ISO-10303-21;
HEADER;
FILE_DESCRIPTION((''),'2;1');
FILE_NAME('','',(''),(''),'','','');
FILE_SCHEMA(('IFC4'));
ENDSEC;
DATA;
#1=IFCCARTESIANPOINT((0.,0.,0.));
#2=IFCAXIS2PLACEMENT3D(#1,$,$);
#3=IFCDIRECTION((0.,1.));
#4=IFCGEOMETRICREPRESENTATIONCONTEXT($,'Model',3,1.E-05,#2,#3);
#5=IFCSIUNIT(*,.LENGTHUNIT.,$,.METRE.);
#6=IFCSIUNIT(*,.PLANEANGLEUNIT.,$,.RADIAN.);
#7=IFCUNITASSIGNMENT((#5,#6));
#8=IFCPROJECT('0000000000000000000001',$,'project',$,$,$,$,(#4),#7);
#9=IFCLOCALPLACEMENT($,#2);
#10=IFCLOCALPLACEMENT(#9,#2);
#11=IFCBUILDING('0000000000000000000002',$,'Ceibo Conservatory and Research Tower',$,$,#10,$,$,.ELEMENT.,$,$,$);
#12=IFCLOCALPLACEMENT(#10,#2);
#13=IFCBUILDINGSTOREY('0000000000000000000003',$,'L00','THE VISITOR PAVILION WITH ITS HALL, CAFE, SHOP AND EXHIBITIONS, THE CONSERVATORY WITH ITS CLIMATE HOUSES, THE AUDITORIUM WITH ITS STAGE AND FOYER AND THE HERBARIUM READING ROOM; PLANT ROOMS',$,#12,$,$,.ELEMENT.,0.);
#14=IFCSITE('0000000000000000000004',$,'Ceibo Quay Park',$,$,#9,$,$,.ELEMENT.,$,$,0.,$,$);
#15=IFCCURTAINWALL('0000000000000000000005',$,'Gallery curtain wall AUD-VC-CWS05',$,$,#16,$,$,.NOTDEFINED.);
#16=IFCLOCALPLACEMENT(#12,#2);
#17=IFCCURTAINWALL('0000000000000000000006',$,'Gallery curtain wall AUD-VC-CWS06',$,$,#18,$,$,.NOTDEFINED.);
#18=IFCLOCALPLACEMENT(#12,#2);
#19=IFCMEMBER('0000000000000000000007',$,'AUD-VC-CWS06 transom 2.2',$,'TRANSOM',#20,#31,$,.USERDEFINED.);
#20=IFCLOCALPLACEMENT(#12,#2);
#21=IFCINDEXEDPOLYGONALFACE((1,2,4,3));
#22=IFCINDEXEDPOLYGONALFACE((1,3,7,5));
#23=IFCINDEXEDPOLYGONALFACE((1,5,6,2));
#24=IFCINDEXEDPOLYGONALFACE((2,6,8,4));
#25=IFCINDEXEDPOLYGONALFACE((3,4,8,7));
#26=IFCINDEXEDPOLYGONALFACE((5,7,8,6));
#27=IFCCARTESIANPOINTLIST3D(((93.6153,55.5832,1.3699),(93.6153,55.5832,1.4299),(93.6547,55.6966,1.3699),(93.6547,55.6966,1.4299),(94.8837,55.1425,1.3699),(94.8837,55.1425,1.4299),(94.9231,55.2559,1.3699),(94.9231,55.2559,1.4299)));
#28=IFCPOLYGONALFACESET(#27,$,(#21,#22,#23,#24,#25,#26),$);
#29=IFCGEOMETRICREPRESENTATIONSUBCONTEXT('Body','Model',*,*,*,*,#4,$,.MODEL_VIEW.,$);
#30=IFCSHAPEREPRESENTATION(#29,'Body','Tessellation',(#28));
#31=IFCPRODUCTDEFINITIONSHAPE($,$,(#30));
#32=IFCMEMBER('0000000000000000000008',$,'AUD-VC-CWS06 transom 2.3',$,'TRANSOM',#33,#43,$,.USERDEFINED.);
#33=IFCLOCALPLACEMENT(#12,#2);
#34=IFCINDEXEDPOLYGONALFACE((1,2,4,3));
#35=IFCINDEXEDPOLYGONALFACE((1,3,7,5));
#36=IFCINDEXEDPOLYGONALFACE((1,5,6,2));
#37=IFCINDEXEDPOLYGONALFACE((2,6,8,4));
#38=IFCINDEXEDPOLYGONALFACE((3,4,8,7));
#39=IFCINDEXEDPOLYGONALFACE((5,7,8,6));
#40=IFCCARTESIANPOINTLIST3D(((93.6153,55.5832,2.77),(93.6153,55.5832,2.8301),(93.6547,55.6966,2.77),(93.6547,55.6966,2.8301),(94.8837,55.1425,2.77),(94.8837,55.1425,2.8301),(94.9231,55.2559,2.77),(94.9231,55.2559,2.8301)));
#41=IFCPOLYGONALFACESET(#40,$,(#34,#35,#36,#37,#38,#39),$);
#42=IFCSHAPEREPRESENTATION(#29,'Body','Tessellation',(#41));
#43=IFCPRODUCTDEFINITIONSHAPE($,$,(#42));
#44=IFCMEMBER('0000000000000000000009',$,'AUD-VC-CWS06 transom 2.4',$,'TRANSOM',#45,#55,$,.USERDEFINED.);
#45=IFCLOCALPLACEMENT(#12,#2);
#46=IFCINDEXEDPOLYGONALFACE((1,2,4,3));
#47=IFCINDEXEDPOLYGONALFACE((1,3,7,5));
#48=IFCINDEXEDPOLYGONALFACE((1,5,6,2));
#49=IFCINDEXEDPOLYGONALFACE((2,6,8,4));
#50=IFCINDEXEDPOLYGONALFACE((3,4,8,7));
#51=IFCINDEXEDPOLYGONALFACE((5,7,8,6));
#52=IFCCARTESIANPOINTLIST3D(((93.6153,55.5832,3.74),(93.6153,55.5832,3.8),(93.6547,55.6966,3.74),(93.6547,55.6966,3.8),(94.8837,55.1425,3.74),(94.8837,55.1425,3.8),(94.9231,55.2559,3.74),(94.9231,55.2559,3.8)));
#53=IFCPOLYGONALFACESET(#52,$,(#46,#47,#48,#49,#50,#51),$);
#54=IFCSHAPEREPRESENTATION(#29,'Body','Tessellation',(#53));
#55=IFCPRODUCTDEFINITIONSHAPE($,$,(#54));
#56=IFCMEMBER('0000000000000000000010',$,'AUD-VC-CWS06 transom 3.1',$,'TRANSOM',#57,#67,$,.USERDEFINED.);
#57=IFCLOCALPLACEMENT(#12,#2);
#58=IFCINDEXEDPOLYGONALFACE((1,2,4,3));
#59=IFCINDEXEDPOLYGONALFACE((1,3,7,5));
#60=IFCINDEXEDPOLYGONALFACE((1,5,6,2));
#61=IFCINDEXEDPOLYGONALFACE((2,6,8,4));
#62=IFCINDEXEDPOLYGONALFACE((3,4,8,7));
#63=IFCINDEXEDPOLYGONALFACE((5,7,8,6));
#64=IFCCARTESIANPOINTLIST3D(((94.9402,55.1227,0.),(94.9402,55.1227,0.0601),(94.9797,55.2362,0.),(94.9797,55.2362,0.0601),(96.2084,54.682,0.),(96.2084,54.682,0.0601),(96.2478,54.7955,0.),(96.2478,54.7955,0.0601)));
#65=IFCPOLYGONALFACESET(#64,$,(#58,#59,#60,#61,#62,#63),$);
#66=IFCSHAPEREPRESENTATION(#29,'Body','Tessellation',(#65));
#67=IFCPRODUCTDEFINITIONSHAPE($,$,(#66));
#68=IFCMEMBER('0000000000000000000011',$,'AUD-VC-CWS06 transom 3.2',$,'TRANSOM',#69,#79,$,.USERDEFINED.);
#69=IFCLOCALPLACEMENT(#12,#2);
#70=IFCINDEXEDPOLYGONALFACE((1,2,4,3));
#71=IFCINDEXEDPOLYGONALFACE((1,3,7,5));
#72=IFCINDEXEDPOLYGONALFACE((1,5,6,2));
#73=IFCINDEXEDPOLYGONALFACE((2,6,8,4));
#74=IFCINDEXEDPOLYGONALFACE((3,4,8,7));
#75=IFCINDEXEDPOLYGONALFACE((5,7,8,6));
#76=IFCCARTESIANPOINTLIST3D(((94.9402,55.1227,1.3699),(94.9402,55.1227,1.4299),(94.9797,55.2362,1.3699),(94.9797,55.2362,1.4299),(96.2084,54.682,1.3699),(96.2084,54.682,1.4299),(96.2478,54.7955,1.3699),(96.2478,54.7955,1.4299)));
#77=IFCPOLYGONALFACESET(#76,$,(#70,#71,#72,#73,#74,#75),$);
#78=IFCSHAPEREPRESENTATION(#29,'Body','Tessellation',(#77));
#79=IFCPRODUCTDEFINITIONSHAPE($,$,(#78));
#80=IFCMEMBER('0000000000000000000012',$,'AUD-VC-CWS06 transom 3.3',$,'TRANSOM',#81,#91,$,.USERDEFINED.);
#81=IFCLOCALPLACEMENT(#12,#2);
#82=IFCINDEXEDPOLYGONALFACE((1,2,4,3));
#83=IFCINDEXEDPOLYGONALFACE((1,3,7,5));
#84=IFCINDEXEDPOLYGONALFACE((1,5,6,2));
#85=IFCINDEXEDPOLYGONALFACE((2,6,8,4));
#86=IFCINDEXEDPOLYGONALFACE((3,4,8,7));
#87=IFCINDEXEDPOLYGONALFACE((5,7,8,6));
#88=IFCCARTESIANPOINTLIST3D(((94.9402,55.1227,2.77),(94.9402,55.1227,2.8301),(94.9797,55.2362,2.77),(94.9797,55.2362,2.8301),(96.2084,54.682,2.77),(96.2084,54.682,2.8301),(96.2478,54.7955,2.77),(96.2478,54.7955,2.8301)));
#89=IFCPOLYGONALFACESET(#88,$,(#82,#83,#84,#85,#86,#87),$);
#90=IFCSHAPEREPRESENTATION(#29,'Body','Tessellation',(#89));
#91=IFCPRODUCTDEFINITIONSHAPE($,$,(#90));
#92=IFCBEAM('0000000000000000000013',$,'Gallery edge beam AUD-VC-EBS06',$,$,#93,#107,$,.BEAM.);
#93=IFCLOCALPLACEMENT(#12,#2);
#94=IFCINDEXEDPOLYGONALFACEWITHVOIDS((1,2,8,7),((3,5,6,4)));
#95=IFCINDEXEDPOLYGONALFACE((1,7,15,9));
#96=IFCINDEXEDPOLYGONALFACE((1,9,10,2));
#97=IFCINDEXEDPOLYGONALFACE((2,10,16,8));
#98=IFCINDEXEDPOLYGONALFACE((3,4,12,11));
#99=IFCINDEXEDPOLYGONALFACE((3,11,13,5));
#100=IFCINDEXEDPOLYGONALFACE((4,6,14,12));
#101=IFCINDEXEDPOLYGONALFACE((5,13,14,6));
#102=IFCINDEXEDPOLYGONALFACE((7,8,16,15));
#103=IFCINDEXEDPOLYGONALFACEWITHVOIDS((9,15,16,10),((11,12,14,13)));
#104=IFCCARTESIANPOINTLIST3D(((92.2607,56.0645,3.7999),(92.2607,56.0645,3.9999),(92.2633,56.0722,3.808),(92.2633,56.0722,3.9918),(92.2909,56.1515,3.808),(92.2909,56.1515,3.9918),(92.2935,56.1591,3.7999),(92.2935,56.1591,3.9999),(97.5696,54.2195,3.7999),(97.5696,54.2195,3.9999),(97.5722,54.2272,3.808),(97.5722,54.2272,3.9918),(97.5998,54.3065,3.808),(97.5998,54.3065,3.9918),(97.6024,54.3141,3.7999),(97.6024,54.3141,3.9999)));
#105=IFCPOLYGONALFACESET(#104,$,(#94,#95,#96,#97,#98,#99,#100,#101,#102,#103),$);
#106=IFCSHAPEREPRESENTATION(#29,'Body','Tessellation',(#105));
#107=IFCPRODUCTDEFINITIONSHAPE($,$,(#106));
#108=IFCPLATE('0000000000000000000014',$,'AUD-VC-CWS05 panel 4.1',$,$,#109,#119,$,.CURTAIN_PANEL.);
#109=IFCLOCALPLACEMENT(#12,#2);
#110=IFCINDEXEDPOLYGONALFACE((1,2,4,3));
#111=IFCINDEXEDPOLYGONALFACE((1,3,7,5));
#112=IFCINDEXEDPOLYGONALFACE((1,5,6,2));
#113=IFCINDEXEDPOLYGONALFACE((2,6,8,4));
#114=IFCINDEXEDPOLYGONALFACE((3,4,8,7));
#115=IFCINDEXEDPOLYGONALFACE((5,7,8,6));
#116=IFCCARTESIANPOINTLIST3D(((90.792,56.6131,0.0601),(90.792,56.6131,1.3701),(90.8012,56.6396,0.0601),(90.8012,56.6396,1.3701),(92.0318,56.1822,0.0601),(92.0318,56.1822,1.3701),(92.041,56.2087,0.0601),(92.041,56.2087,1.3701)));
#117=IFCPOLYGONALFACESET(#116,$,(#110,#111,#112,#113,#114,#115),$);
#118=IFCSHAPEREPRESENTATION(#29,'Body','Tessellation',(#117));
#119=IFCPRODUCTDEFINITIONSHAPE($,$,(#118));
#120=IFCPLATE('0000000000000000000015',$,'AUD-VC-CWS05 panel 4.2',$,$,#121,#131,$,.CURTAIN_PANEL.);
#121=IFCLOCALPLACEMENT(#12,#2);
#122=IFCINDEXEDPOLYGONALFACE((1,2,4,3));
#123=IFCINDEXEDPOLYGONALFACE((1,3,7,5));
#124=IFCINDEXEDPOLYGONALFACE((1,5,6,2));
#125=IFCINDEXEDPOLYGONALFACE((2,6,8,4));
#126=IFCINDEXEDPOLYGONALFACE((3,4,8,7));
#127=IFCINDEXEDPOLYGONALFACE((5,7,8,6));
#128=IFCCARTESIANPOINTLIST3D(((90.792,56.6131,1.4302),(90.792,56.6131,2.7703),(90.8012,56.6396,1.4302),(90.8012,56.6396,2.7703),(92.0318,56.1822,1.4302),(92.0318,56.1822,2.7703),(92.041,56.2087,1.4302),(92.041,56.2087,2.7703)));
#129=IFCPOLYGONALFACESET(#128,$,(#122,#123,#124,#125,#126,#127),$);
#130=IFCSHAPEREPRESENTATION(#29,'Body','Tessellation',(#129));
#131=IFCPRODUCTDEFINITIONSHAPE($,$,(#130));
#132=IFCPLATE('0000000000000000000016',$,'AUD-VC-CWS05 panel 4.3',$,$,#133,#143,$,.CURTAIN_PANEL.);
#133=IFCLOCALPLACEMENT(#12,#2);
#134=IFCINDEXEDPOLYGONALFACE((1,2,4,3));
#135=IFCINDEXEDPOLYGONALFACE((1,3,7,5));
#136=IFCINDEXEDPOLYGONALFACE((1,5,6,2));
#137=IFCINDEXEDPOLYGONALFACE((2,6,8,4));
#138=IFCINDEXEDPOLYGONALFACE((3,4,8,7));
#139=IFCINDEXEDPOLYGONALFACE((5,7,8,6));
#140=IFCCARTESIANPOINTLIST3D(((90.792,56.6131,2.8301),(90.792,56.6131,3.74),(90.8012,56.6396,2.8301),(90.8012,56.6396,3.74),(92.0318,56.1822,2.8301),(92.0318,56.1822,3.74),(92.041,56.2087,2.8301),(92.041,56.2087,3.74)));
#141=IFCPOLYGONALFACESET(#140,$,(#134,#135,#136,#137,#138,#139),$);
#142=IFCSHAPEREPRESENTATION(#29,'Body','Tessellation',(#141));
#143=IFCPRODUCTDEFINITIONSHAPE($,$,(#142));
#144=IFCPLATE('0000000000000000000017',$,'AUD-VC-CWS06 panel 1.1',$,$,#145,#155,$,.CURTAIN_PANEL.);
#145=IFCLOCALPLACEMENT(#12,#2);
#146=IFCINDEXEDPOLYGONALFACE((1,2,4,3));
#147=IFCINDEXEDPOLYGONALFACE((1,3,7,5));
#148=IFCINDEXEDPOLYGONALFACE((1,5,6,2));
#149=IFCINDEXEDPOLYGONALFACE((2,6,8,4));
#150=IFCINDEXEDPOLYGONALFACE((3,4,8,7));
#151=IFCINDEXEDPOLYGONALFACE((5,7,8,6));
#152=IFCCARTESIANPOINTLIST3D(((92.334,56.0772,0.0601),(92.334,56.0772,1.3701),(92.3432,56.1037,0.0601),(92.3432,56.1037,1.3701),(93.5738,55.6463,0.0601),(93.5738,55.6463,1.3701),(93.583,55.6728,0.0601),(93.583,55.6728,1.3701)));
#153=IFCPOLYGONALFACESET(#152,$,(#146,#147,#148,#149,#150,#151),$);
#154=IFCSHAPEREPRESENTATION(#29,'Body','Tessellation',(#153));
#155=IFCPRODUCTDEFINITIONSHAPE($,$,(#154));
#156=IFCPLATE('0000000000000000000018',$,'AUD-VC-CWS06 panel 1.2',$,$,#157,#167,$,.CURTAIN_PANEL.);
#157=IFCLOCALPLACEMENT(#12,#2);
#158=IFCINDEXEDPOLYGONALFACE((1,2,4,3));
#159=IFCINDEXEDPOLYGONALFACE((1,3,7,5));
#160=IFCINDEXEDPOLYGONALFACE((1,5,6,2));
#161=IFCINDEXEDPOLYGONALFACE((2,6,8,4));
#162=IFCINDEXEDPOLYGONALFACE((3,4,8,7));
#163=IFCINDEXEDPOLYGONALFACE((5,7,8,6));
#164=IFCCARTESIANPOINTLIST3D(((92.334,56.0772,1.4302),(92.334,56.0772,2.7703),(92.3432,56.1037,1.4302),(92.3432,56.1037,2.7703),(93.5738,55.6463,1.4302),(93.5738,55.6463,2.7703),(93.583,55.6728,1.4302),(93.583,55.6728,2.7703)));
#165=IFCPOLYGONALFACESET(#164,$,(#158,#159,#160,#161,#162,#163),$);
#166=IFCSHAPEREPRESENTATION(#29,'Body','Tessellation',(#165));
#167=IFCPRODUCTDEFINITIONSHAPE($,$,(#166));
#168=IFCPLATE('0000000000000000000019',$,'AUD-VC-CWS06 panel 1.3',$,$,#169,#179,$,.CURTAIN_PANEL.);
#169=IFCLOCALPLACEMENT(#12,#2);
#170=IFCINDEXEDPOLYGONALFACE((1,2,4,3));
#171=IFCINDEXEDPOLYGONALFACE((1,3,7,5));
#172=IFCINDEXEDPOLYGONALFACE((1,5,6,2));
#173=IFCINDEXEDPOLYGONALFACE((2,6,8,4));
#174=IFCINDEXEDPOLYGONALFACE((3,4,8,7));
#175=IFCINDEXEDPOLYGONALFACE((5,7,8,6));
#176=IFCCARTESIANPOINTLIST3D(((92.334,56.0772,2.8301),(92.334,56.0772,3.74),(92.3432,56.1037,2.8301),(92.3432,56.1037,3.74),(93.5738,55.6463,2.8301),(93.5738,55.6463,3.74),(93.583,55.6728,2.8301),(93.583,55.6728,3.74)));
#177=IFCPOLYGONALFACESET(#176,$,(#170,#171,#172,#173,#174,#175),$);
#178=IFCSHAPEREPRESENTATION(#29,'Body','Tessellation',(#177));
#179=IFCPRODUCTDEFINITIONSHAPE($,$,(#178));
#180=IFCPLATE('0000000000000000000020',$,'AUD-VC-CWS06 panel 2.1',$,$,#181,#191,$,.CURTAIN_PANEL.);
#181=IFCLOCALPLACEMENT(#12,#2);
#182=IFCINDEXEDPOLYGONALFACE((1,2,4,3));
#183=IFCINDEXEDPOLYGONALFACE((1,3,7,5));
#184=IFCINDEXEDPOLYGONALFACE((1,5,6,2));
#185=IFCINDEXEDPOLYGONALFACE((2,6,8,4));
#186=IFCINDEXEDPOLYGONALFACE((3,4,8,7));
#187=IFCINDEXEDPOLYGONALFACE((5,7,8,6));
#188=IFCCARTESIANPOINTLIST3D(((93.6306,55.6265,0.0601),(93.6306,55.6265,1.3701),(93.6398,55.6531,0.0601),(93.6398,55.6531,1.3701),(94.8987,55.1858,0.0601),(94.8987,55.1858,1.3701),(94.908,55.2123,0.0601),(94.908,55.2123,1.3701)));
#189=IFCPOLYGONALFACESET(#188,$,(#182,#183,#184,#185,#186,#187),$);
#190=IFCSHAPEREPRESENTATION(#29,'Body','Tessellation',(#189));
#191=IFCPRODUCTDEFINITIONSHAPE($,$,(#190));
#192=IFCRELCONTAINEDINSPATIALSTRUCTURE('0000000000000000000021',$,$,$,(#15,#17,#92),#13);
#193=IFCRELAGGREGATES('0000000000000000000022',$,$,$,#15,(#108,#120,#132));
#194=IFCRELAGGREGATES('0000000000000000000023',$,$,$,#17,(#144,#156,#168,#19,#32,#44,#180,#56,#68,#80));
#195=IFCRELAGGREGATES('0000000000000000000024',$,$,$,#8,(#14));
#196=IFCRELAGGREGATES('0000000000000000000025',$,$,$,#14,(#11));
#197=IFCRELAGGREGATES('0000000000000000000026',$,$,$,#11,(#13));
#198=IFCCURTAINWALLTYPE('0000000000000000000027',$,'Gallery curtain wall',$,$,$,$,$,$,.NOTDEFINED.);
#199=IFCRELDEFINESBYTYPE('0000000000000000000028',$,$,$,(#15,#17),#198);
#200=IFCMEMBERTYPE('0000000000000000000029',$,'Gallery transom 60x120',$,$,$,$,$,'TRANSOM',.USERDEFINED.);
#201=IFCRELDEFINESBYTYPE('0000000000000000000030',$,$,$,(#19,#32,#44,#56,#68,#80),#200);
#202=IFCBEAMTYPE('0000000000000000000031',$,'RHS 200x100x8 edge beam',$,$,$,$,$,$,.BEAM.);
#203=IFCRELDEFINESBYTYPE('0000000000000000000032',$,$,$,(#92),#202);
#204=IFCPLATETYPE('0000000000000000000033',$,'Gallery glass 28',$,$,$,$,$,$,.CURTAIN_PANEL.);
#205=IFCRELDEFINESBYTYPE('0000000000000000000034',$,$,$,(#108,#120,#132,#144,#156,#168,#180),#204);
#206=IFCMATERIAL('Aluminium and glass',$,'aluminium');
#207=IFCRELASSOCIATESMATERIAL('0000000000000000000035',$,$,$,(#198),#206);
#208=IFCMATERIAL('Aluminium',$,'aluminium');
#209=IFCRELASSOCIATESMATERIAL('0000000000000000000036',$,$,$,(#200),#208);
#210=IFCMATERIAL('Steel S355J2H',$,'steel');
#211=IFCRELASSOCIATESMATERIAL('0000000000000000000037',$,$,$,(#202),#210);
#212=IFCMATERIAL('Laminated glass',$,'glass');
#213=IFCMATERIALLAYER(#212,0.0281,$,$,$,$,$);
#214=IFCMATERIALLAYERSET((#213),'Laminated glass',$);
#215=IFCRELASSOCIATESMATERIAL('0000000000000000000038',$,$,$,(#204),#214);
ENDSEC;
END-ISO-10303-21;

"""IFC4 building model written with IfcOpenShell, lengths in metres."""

from ifc_helpers import new_model, si_unit, direction, frame, origin, origin_2d, place, context, subcontext, project, spatial, rectangle, hollow_rectangle, extrude, material, layer, layer_set, material_profile, profile_set, type_object, element, aggregate, save


model = new_model("IFC4")

# Units and contexts
model_context = context("Model", 3, precision=1e-05, world=origin(), true_north=direction((0.0, 1.0)))
body_context = subcontext(model_context, "Body", "Model", "MODEL_VIEW")
ifc_project = project(units=[si_unit("LENGTHUNIT", "METRE"), si_unit("PLANEANGLEUNIT", "RADIAN")], contexts=[model_context])

# Site, building, storey
site_placement = place(None, origin())
site = spatial("IfcSite", under=ifc_project, at=site_placement, Name="Ceibo Quay Park", CompositionType="ELEMENT", RefElevation=0.0)
building_placement = place(site_placement, origin())
building = spatial("IfcBuilding", under=site, at=building_placement, Name="Ceibo Conservatory and Research Tower", CompositionType="ELEMENT")
storey_placement = place(building_placement, origin())
storey = spatial("IfcBuildingStorey", under=building, at=storey_placement, Name="L00", Description="THE VISITOR PAVILION WITH ITS HALL, CAFE, SHOP AND EXHIBITIONS, THE CONSERVATORY WITH ITS CLIMATE HOUSES, THE AUDITORIUM WITH ITS STAGE AND FOYER AND THE HERBARIUM READING ROOM; PLANT ROOMS", CompositionType="ELEMENT", Elevation=0.0)

# Shared definitions
ifc_material_1 = material(Name="Steel S355J2H", Category="steel")

# Curtain wall
ifc_material_2 = material(Name="Aluminium and glass", Category="aluminium")
curtain_wall_type = type_object("IfcCurtainWallType", Name="Gallery curtain wall", PredefinedType="NOTDEFINED", material=ifc_material_2)
curtain_wall_1_placement = place(storey_placement, origin())
curtain_wall_1 = element("IfcCurtainWall", 1, at=curtain_wall_1_placement, inside=storey, type_object=curtain_wall_type, Name="Gallery curtain wall AUD-VC-CWS05", PredefinedType="NOTDEFINED")
ifc_material_3 = material(Name="Aluminium", Category="aluminium")

# Curtain wall
curtain_wall_2_placement = place(storey_placement, origin())
curtain_wall_2 = element("IfcCurtainWall", 2, at=curtain_wall_2_placement, inside=storey, type_object=curtain_wall_type, Name="Gallery curtain wall AUD-VC-CWS06", PredefinedType="NOTDEFINED")

# Members
ifc_material_profile_1 = material_profile(ifc_material_3, rectangle(XDim=0.1201, YDim=0.0601, at=origin_2d()), Name="AL 60x120")
ifc_profile_set_1 = profile_set([ifc_material_profile_1], Name="Aluminium")
member_type_1 = type_object("IfcMemberType", Name="Gallery transom 60x120", ElementType="TRANSOM", PredefinedType="USERDEFINED", material=ifc_profile_set_1)
member_1_placement = place(storey_placement, frame((93.635, 55.6399, 1.3999), z_axis=(0.944607, -0.328203, 0.0), x_axis=(0.328203, 0.944607, 0.0)))
member_1 = element("IfcMember", 3, at=member_1_placement, type_object=member_type_1, Name="AUD-VC-CWS06 transom 2.2", ObjectType="TRANSOM", PredefinedType="USERDEFINED", context=body_context, shape_type="SweptSolid", body=[
    extrude(rectangle(XDim=0.1201, YDim=0.0601, at=origin_2d()), origin(), (0.0, 0.0, 1.0), 1.3428),
])
member_2_placement = place(storey_placement, frame((93.635, 55.6399, 2.8), z_axis=(0.944607, -0.328203, 0.0), x_axis=(0.328203, 0.944607, 0.0)))
member_2 = element("IfcMember", 4, at=member_2_placement, type_object=member_type_1, Name="AUD-VC-CWS06 transom 2.3", ObjectType="TRANSOM", PredefinedType="USERDEFINED", context=body_context, shape_type="SweptSolid", body=[
    extrude(rectangle(XDim=0.1201, YDim=0.0601, at=origin_2d()), origin(), (0.0, 0.0, 1.0), 1.3428),
])
member_3_placement = place(storey_placement, frame((93.635, 55.6399, 3.77), z_axis=(0.944607, -0.328203, 0.0), x_axis=(0.328203, 0.944607, 0.0)))
member_3 = element("IfcMember", 5, at=member_3_placement, type_object=member_type_1, Name="AUD-VC-CWS06 transom 2.4", ObjectType="TRANSOM", PredefinedType="USERDEFINED", context=body_context, shape_type="SweptSolid", body=[
    extrude(rectangle(XDim=0.1201, YDim=0.0601, at=origin_2d()), origin(), (0.0, 0.0, 1.0), 1.3428),
])
member_4_placement = place(storey_placement, frame((94.96, 55.1794, 0.03), z_axis=(0.944588, -0.32826, 0.0), x_axis=(0.32826, 0.944588, 0.0)))
member_4 = element("IfcMember", 6, at=member_4_placement, type_object=member_type_1, Name="AUD-VC-CWS06 transom 3.1", ObjectType="TRANSOM", PredefinedType="USERDEFINED", context=body_context, shape_type="SweptSolid", body=[
    extrude(rectangle(XDim=0.1201, YDim=0.0601, at=origin_2d()), origin(), (0.0, 0.0, 1.0), 1.3425),
])
member_5_placement = place(storey_placement, frame((94.96, 55.1794, 1.3999), z_axis=(0.944588, -0.32826, 0.0), x_axis=(0.32826, 0.944588, 0.0)))
member_5 = element("IfcMember", 7, at=member_5_placement, type_object=member_type_1, Name="AUD-VC-CWS06 transom 3.2", ObjectType="TRANSOM", PredefinedType="USERDEFINED", context=body_context, shape_type="SweptSolid", body=[
    extrude(rectangle(XDim=0.1201, YDim=0.0601, at=origin_2d()), origin(), (0.0, 0.0, 1.0), 1.3425),
])
member_6_placement = place(storey_placement, frame((94.96, 55.1794, 2.8), z_axis=(0.944588, -0.32826, 0.0), x_axis=(0.32826, 0.944588, 0.0)))
member_6 = element("IfcMember", 8, at=member_6_placement, type_object=member_type_1, Name="AUD-VC-CWS06 transom 3.3", ObjectType="TRANSOM", PredefinedType="USERDEFINED", context=body_context, shape_type="SweptSolid", body=[
    extrude(rectangle(XDim=0.1201, YDim=0.0601, at=origin_2d()), origin(), (0.0, 0.0, 1.0), 1.3425),
])

# Beam
ifc_material_profile_2 = material_profile(ifc_material_1, hollow_rectangle(XDim=0.1001, YDim=0.2, WallThickness=0.0081, at=origin_2d()), Name="RHS 200x100x8 edge beam")
ifc_profile_set_2 = profile_set([ifc_material_profile_2], Name="Steel S355J2H")
beam_type = type_object("IfcBeamType", Name="RHS 200x100x8 edge beam", PredefinedType="BEAM", material=ifc_profile_set_2)
beam_placement = place(storey_placement, frame((92.2771, 56.1118, 3.8999), z_axis=(0.944584, -0.32827, 0.0), x_axis=(0.32827, 0.944584, 0.0)))
element("IfcBeam", 9, at=beam_placement, inside=storey, type_object=beam_type, Name="Gallery edge beam AUD-VC-EBS06", PredefinedType="BEAM", context=body_context, shape_type="SweptSolid", body=[
    extrude(hollow_rectangle(XDim=0.1001, YDim=0.2, WallThickness=0.0081, at=origin_2d()), origin(), (0.0, 0.0, 1.0), 5.6204),
])

# Plates
ifc_material_4 = material(Name="Laminated glass", Category="glass")
ifc_layer = layer(ifc_material_4, 0.0281)
ifc_layer_set = layer_set([ifc_layer], Name="Laminated glass")
plate_type = type_object("IfcPlateType", Name="Gallery glass 28", PredefinedType="CURTAIN_PANEL", material=ifc_layer_set)
plate_1_placement = place(storey_placement, frame((91.4165, 56.4109, 0.0601), z_axis=(0.0, 0.0, 1.0), x_axis=(0.944579, -0.328284, 0.0)))
plate_1 = element("IfcPlate", 10, at=plate_1_placement, type_object=plate_type, Name="AUD-VC-CWS05 panel 4.1", PredefinedType="CURTAIN_PANEL", context=body_context, shape_type="SweptSolid", body=[
    extrude(rectangle(XDim=1.3125, YDim=0.0281, at=origin_2d()), origin(), (0.0, 0.0, 1.0), 1.3101),
])
plate_2_placement = place(storey_placement, frame((91.4165, 56.4109, 1.4302), z_axis=(0.0, 0.0, 1.0), x_axis=(0.944579, -0.328284, 0.0)))
plate_2 = element("IfcPlate", 11, at=plate_2_placement, type_object=plate_type, Name="AUD-VC-CWS05 panel 4.2", PredefinedType="CURTAIN_PANEL", context=body_context, shape_type="SweptSolid", body=[
    extrude(rectangle(XDim=1.3125, YDim=0.0281, at=origin_2d()), origin(), (0.0, 0.0, 1.0), 1.3401),
])
plate_3_placement = place(storey_placement, frame((91.4165, 56.4109, 2.8301), z_axis=(0.0, 0.0, 1.0), x_axis=(0.944579, -0.328284, 0.0)))
plate_3 = element("IfcPlate", 12, at=plate_3_placement, type_object=plate_type, Name="AUD-VC-CWS05 panel 4.3", PredefinedType="CURTAIN_PANEL", context=body_context, shape_type="SweptSolid", body=[
    extrude(rectangle(XDim=1.3125, YDim=0.0281, at=origin_2d()), origin(), (0.0, 0.0, 1.0), 0.9099),
])
aggregate(curtain_wall_1, [plate_1, plate_2, plate_3])
plate_4_placement = place(storey_placement, frame((92.9585, 55.875, 0.0601), z_axis=(0.0, 0.0, 1.0), x_axis=(0.944579, -0.328284, 0.0)))
plate_4 = element("IfcPlate", 13, at=plate_4_placement, type_object=plate_type, Name="AUD-VC-CWS06 panel 1.1", PredefinedType="CURTAIN_PANEL", context=body_context, shape_type="SweptSolid", body=[
    extrude(rectangle(XDim=1.3125, YDim=0.0281, at=origin_2d()), origin(), (0.0, 0.0, 1.0), 1.3101),
])
plate_5_placement = place(storey_placement, frame((92.9585, 55.875, 1.4302), z_axis=(0.0, 0.0, 1.0), x_axis=(0.944579, -0.328284, 0.0)))
plate_5 = element("IfcPlate", 14, at=plate_5_placement, type_object=plate_type, Name="AUD-VC-CWS06 panel 1.2", PredefinedType="CURTAIN_PANEL", context=body_context, shape_type="SweptSolid", body=[
    extrude(rectangle(XDim=1.3125, YDim=0.0281, at=origin_2d()), origin(), (0.0, 0.0, 1.0), 1.3401),
])
plate_6_placement = place(storey_placement, frame((92.9585, 55.875, 2.8301), z_axis=(0.0, 0.0, 1.0), x_axis=(0.944579, -0.328284, 0.0)))
plate_6 = element("IfcPlate", 15, at=plate_6_placement, type_object=plate_type, Name="AUD-VC-CWS06 panel 1.3", PredefinedType="CURTAIN_PANEL", context=body_context, shape_type="SweptSolid", body=[
    extrude(rectangle(XDim=1.3125, YDim=0.0281, at=origin_2d()), origin(), (0.0, 0.0, 1.0), 0.9099),
])
plate_7_placement = place(storey_placement, frame((94.2693, 55.4194, 0.0601), z_axis=(0.0, 0.0, 1.0), x_axis=(0.944579, -0.328284, 0.0)))
plate_7 = element("IfcPlate", 16, at=plate_7_placement, type_object=plate_type, Name="AUD-VC-CWS06 panel 2.1", PredefinedType="CURTAIN_PANEL", context=body_context, shape_type="SweptSolid", body=[
    extrude(rectangle(XDim=1.3425, YDim=0.0281, at=origin_2d()), origin(), (0.0, 0.0, 1.0), 1.3101),
])
aggregate(curtain_wall_2, [plate_4, plate_5, plate_6, member_1, member_2, member_3, plate_7, member_4, member_5, member_6])

save(model, "model.ifc")
